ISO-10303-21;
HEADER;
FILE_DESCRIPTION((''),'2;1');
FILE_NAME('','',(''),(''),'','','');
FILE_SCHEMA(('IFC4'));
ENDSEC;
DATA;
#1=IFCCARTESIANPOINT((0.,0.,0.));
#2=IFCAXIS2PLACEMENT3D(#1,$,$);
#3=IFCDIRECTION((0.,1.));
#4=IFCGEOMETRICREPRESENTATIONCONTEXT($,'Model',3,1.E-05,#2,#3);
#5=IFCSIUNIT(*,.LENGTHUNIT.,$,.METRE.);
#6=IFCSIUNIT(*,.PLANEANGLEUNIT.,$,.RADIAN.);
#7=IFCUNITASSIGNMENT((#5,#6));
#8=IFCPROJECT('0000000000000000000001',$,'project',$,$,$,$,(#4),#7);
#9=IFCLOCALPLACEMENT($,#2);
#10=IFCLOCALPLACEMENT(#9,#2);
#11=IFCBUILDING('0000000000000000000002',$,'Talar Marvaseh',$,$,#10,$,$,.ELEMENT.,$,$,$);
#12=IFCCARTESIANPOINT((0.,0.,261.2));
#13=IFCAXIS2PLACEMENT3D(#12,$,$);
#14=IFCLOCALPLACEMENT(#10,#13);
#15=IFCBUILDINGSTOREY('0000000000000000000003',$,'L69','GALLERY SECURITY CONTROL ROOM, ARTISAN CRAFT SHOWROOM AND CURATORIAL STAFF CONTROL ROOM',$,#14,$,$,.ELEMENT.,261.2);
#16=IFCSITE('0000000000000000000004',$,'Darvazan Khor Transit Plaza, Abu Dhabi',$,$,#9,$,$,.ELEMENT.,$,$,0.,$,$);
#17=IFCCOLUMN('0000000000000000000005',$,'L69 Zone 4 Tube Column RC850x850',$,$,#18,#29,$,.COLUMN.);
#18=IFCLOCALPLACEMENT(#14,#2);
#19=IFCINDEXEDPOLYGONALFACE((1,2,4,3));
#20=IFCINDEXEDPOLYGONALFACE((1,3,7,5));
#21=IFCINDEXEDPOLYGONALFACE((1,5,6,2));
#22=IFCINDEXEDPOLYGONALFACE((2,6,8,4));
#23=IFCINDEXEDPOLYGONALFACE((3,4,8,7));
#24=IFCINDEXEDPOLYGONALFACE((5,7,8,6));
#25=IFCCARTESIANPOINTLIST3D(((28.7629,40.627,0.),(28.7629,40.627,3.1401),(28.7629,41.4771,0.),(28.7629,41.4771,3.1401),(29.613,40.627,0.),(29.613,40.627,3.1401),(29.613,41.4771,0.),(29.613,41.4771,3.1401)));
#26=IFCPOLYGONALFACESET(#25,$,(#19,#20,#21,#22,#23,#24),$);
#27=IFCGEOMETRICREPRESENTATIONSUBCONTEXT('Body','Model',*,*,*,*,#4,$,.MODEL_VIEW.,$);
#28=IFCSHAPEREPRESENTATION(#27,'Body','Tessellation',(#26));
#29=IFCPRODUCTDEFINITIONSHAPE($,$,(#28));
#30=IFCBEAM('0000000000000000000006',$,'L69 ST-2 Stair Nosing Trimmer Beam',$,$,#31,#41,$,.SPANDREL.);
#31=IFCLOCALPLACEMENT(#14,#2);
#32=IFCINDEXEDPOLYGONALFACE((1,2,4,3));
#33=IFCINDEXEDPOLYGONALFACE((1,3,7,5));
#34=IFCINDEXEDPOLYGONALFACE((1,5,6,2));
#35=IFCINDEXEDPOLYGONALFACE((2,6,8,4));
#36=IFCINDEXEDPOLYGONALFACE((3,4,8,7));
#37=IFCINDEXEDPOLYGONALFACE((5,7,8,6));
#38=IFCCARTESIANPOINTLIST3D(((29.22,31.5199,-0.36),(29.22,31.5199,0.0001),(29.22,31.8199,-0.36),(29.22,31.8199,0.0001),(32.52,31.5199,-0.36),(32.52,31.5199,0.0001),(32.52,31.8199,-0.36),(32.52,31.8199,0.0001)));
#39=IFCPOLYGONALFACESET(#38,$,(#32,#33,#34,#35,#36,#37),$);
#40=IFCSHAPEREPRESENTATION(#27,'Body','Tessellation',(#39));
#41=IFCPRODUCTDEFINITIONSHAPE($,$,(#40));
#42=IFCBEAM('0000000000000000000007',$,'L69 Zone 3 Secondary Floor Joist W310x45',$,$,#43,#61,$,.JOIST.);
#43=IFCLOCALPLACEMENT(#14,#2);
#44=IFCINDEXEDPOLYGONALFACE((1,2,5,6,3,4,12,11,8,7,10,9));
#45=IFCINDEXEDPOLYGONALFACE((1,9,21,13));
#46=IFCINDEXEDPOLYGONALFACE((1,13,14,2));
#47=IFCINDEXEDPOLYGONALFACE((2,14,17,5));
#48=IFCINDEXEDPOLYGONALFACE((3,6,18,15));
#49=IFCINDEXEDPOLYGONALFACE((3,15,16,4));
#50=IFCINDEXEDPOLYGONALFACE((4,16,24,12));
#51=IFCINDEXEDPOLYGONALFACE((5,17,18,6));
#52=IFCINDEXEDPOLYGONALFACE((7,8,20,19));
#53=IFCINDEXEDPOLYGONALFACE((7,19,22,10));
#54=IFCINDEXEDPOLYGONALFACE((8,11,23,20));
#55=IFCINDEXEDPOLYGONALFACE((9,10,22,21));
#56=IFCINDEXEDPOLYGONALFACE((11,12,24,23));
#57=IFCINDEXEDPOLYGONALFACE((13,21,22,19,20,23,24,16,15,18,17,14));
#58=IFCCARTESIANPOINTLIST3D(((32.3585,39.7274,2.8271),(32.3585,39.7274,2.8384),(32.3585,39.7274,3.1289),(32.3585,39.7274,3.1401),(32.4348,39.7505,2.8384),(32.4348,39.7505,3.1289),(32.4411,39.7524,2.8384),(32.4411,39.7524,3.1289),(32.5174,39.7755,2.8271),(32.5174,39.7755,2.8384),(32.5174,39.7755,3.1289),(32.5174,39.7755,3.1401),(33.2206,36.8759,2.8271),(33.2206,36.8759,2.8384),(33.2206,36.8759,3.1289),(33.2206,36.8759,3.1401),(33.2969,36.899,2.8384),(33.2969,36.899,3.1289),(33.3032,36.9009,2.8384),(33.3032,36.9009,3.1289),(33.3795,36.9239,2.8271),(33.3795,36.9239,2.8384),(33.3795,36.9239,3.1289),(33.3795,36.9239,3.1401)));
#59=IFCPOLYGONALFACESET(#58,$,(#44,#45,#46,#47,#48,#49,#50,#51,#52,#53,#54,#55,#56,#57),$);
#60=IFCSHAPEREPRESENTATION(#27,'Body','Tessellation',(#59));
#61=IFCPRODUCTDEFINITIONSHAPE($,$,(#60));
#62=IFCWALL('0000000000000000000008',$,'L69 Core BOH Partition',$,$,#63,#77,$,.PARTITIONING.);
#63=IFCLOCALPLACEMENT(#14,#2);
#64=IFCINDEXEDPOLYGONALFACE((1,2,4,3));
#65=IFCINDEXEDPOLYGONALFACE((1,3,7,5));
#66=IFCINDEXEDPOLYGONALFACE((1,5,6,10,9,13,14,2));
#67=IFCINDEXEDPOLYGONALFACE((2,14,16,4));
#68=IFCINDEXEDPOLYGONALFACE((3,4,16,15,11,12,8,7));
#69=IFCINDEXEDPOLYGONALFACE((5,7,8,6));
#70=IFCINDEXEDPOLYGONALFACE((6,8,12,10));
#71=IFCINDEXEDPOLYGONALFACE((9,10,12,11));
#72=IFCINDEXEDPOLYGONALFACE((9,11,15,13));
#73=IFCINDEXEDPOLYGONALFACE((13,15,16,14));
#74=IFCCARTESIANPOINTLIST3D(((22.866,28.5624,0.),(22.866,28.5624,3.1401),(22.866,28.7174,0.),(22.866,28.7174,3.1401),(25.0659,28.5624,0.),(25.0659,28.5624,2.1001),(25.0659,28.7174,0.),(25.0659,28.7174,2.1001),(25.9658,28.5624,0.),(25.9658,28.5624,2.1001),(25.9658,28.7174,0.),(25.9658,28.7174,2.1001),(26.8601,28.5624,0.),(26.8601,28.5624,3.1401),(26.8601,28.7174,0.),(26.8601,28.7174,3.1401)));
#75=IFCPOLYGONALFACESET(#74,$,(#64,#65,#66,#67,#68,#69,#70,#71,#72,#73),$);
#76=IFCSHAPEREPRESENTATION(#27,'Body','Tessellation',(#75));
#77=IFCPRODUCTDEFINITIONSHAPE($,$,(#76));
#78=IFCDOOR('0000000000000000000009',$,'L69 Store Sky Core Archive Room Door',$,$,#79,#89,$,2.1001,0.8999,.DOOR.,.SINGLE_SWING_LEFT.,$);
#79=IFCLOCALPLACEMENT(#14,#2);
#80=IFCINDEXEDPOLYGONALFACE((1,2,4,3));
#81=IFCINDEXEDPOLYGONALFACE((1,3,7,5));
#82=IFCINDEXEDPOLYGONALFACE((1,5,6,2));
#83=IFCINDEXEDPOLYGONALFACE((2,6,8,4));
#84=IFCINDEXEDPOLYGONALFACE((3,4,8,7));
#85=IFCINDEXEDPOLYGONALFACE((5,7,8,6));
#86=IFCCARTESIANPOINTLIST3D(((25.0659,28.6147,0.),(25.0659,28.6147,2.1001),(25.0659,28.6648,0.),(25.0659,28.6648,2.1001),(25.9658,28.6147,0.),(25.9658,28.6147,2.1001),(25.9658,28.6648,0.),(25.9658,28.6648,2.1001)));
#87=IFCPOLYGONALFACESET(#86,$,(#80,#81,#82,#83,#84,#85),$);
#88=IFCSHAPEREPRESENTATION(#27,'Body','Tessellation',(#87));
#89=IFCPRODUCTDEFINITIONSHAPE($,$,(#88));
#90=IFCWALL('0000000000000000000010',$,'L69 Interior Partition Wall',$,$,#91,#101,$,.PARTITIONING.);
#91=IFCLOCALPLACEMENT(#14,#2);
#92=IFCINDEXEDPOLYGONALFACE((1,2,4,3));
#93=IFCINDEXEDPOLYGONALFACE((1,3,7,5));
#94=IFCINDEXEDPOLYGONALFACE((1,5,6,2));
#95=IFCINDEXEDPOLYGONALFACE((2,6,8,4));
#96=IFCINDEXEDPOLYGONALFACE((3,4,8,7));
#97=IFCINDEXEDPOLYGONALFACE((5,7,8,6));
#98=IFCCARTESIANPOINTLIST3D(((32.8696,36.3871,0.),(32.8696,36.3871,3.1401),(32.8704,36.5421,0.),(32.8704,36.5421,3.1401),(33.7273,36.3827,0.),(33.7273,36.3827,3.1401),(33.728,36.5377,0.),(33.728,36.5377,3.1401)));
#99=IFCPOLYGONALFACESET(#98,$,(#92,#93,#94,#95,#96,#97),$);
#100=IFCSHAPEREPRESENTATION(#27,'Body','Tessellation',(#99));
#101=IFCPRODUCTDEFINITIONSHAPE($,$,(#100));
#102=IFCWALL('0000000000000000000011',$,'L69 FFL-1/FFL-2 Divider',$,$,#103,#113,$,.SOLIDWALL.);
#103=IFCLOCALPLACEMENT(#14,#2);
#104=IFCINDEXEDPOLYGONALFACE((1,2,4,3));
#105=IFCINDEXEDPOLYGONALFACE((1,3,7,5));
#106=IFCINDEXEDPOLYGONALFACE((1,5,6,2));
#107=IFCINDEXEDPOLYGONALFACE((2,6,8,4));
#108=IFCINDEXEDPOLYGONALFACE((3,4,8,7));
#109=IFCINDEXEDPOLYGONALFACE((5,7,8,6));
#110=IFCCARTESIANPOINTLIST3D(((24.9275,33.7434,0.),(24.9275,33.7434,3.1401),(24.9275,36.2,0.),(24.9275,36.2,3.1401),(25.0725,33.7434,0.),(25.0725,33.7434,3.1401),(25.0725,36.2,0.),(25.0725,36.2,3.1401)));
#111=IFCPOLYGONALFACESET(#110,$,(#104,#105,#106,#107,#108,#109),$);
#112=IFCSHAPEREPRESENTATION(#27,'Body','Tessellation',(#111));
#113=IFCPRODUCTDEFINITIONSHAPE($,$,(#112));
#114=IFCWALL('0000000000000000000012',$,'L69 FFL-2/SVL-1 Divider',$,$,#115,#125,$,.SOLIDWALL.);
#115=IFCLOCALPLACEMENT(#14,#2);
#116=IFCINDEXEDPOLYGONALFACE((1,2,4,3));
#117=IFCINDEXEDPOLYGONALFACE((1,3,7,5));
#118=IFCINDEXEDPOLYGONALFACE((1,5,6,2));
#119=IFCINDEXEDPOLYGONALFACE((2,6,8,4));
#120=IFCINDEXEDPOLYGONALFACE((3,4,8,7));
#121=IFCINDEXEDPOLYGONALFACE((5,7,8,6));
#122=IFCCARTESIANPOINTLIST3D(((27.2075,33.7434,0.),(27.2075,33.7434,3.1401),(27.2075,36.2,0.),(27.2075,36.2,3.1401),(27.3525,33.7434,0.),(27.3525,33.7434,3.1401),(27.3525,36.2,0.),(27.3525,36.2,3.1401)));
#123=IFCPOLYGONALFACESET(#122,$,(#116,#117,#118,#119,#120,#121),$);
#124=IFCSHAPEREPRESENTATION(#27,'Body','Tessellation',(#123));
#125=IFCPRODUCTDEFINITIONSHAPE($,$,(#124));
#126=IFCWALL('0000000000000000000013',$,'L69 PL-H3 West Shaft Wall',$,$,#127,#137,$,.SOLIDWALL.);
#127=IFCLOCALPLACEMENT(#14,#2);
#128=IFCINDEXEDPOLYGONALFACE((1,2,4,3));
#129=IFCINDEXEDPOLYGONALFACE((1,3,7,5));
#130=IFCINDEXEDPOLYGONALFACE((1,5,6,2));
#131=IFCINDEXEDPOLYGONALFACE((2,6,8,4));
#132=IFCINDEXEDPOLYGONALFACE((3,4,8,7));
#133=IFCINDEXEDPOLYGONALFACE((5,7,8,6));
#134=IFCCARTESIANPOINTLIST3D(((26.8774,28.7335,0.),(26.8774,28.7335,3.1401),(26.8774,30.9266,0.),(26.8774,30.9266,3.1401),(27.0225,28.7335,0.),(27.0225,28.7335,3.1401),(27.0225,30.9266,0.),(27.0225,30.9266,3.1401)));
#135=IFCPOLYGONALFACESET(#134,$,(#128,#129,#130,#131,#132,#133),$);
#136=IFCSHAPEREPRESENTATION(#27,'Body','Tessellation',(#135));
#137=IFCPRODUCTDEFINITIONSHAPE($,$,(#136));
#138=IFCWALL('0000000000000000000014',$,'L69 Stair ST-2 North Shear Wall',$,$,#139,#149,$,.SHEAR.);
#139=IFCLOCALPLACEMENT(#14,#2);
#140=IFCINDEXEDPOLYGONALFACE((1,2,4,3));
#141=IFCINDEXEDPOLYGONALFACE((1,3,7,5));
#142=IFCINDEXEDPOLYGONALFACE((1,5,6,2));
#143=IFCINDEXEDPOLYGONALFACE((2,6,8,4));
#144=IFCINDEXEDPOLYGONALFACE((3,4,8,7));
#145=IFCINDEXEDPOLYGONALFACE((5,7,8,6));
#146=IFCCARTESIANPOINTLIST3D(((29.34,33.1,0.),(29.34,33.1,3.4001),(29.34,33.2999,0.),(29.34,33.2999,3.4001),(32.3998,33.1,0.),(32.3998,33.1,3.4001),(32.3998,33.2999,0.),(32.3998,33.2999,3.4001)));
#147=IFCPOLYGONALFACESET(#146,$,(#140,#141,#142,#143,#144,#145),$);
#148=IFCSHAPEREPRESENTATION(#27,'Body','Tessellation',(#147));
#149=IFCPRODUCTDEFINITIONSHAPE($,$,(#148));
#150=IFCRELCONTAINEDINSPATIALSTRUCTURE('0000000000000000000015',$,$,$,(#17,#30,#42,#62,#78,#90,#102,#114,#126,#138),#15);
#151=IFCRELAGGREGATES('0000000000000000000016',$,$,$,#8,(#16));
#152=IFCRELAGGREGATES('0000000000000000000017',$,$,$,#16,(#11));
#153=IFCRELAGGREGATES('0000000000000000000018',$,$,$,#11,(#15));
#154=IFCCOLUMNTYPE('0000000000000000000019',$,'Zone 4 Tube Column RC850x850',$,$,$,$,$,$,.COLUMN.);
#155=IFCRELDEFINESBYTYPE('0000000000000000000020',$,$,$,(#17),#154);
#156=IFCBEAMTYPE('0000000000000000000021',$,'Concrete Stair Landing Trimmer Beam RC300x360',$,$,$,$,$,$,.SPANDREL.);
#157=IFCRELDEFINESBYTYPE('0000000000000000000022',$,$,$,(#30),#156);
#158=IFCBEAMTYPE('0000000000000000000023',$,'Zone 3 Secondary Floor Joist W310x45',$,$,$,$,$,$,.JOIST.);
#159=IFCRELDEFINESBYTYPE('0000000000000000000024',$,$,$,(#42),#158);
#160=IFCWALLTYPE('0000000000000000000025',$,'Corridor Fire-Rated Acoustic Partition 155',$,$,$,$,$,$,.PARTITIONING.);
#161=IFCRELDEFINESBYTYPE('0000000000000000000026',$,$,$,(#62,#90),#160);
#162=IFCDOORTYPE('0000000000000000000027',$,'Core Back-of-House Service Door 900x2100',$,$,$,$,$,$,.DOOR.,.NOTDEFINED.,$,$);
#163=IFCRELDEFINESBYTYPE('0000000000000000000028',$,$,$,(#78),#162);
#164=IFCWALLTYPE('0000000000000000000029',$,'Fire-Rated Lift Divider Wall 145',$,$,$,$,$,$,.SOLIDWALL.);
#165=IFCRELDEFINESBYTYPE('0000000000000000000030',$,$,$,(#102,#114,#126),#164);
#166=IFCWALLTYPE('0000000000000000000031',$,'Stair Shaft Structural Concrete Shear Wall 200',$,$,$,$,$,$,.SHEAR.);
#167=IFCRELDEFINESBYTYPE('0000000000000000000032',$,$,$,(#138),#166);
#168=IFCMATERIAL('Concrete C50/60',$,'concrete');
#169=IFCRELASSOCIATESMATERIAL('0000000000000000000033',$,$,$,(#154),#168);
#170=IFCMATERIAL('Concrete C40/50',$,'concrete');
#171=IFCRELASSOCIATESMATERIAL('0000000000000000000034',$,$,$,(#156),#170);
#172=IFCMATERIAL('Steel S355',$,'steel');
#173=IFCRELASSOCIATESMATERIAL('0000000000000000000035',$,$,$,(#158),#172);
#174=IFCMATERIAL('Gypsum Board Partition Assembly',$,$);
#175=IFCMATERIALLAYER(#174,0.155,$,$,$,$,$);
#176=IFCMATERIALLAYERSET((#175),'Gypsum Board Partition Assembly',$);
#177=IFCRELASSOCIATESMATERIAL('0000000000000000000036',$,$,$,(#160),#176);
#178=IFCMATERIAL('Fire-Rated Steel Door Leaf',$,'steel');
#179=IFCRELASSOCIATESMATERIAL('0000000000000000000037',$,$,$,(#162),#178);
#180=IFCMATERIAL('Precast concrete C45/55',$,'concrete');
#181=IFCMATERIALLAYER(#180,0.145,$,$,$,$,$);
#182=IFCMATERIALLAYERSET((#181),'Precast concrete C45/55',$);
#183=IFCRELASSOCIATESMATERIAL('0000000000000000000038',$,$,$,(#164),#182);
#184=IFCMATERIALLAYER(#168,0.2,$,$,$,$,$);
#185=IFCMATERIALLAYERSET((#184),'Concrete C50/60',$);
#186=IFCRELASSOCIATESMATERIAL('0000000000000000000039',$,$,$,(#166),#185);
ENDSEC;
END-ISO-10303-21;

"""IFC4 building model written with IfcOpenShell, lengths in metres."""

from ifc_helpers import new_model, si_unit, direction, frame, frame_2d, origin, origin_2d, place, context, subcontext, project, spatial, rectangle, i_section, extrude, source, transform, mapped, material, layer, layer_set, material_profile, profile_set, type_object, type_shapes, element, fill, save


model = new_model("IFC4")

# Units and contexts
model_context = context("Model", 3, precision=1e-05, world=origin(), true_north=direction((0.0, 1.0)))
body_context = subcontext(model_context, "Body", "Model", "MODEL_VIEW")
ifc_project = project(units=[si_unit("LENGTHUNIT", "METRE"), si_unit("PLANEANGLEUNIT", "RADIAN")], contexts=[model_context])

# Site, building, storey
site_placement = place(None, origin())
site = spatial("IfcSite", under=ifc_project, at=site_placement, Name="Darvazan Khor Transit Plaza, Abu Dhabi", CompositionType="ELEMENT", RefElevation=0.0)
building_placement = place(site_placement, origin())
building = spatial("IfcBuilding", under=site, at=building_placement, Name="Talar Marvaseh", CompositionType="ELEMENT")
storey_placement = place(building_placement, frame((0.0, 0.0, 261.2)))
storey = spatial("IfcBuildingStorey", under=building, at=storey_placement, Name="L69", Description="GALLERY SECURITY CONTROL ROOM, ARTISAN CRAFT SHOWROOM AND CURATORIAL STAFF CONTROL ROOM", CompositionType="ELEMENT", Elevation=261.2)

# Column
ifc_material_1 = material(Name="Concrete C50/60", Category="concrete")
ifc_material_profile_1 = material_profile(ifc_material_1, rectangle(XDim=0.8501, YDim=0.8501, at=origin_2d()), Name="RC850x850")
ifc_profile_set_1 = profile_set([ifc_material_profile_1], Name="Concrete C50/60")
column_type = type_object("IfcColumnType", Name="Zone 4 Tube Column RC850x850", PredefinedType="COLUMN", material=ifc_profile_set_1)
column_placement = place(storey_placement, frame((29.188, 41.052, 0.0), z_axis=(0.0, 0.0, 1.0), x_axis=(1.0, 0.0, 0.0)))
element("IfcColumn", 1, at=column_placement, inside=storey, type_object=column_type, Name="L69 Zone 4 Tube Column RC850x850", PredefinedType="COLUMN", context=body_context, shape_type="SweptSolid", body=[
    extrude(rectangle(XDim=0.8501, YDim=0.8501, at=origin_2d()), origin(), (0.0, 0.0, 1.0), 3.1401),
])

# Beams
ifc_material_2 = material(Name="Concrete C40/50", Category="concrete")
ifc_material_profile_2 = material_profile(ifc_material_2, rectangle(XDim=0.3, YDim=0.3601, at=origin_2d()), Name="RC300x360")
ifc_profile_set_2 = profile_set([ifc_material_profile_2], Name="Concrete C40/50")
beam_type_1 = type_object("IfcBeamType", Name="Concrete Stair Landing Trimmer Beam RC300x360", PredefinedType="SPANDREL", material=ifc_profile_set_2)
beam_1_placement = place(storey_placement, frame((29.22, 31.6699, -0.1799), z_axis=(1.0, 0.0, 0.0), x_axis=(0.0, 1.0, 0.0)))
element("IfcBeam", 2, at=beam_1_placement, inside=storey, type_object=beam_type_1, Name="L69 ST-2 Stair Nosing Trimmer Beam", PredefinedType="SPANDREL", context=body_context, shape_type="SweptSolid", body=[
    extrude(rectangle(XDim=0.3, YDim=0.3601, at=origin_2d()), origin(), (0.0, 0.0, 1.0), 3.3),
])
ifc_material_3 = material(Name="Steel S355", Category="steel")
ifc_material_profile_3 = material_profile(ifc_material_3, i_section(OverallWidth=0.166, OverallDepth=0.313, WebThickness=0.0066, FlangeThickness=0.0112, at=origin_2d()), Name="W310x45")
ifc_profile_set_3 = profile_set([ifc_material_profile_3], Name="Steel S355")
beam_type_2 = type_object("IfcBeamType", Name="Zone 3 Secondary Floor Joist W310x45", PredefinedType="JOIST", material=ifc_profile_set_3)
beam_2_placement = place(storey_placement, frame((32.438, 39.7515, 2.9836), z_axis=(0.289377, -0.957215, 0.0), x_axis=(0.957215, 0.289377, 0.0)))
element("IfcBeam", 3, at=beam_2_placement, inside=storey, type_object=beam_type_2, Name="L69 Zone 3 Secondary Floor Joist W310x45", PredefinedType="JOIST", context=body_context, shape_type="SweptSolid", body=[
    extrude(i_section(OverallWidth=0.166, OverallDepth=0.313, WebThickness=0.0066, FlangeThickness=0.0112, at=origin_2d()), origin(), (0.0, 0.0, 1.0), 2.979),
])

# Wall, opening, door
ifc_material_4 = material(Name="Gypsum Board Partition Assembly")
ifc_layer_1 = layer(ifc_material_4, 0.155)
ifc_layer_set_1 = layer_set([ifc_layer_1], Name="Gypsum Board Partition Assembly")
wall_type_1 = type_object("IfcWallType", Name="Corridor Fire-Rated Acoustic Partition 155", PredefinedType="PARTITIONING", material=ifc_layer_set_1)
wall_1_placement = place(storey_placement, frame((22.866, 28.6399, 0.0), z_axis=(0.0, 0.0, 1.0), x_axis=(1.0, 0.0, 0.0)))
wall_1 = element("IfcWall", 4, at=wall_1_placement, inside=storey, type_object=wall_type_1, Name="L69 Core BOH Partition", PredefinedType="PARTITIONING", context=body_context, shape_type="SweptSolid", body=[
    extrude(rectangle(XDim=3.9941, YDim=0.155, at=frame_2d((1.9971, 0.0))), origin(), (0.0, 0.0, 1.0), 3.1401),
])
opening_1_placement = place(wall_1_placement, frame((2.2, 0.0, 0.0)))
opening_1 = element("IfcOpeningElement", 5, at=opening_1_placement, cuts=wall_1, PredefinedType="OPENING", context=body_context, shape_type="SweptSolid", body=[
    extrude(rectangle(XDim=0.8999, YDim=2.1001, at=frame_2d((0.45, 1.05))), frame((0.0, 0.0874, 0.0), z_axis=(0.0, -1.0, 0.0), x_axis=(1.0, 0.0, 0.0)), (0.0, 0.0, 1.0), 0.175),
])
ifc_material_5 = material(Name="Fire-Rated Steel Door Leaf", Category="steel")
door_type_1 = type_object("IfcDoorType", Name="Core Back-of-House Service Door 900x2100", OperationType="NOTDEFINED", PredefinedType="DOOR", material=ifc_material_5)
shared_shape_1 = source(origin(), body_context, "Body", "SweptSolid", [
    extrude(rectangle(XDim=0.8999, YDim=2.1001, at=frame_2d((0.45, 1.05))), frame((0.0, 0.0249, 0.0), z_axis=(0.0, -1.0, 0.0), x_axis=(1.0, 0.0, 0.0)), (0.0, 0.0, 1.0), 0.05),
])
type_shapes(door_type_1, [shared_shape_1])
door_1_placement = place(opening_1_placement, origin())
door_1 = element("IfcDoor", 6, at=door_1_placement, inside=storey, type_object=door_type_1, Name="L69 Store Sky Core Archive Room Door", OperationType="SINGLE_SWING_LEFT", OverallHeight=2.1001, OverallWidth=0.8999, PredefinedType="DOOR", context=body_context, shape_type="MappedRepresentation", body=[
    mapped(shared_shape_1, transform((0.0, 0.0, 0.0), x_axis=(1.0, 0.0, 0.0), y_axis=(0.0, 1.0, 0.0), z_axis=(0.0, 0.0, 1.0), scale=1.0)),
])
fill(opening_1, door_1)

# Walls
wall_2_placement = place(storey_placement, frame((32.8701, 36.4646, 0.0), z_axis=(0.0, 0.0, 1.0), x_axis=(0.999987, -0.005124, 0.0)))
element("IfcWall", 7, at=wall_2_placement, inside=storey, type_object=wall_type_1, Name="L69 Interior Partition Wall", PredefinedType="PARTITIONING", context=body_context, shape_type="SweptSolid", body=[
    extrude(rectangle(XDim=0.8577, YDim=0.155, at=frame_2d((0.4287, 0.0))), origin(), (0.0, 0.0, 1.0), 3.1401),
])
ifc_material_6 = material(Name="Precast concrete C45/55", Category="concrete")
ifc_layer_2 = layer(ifc_material_6, 0.145)
ifc_layer_set_2 = layer_set([ifc_layer_2], Name="Precast concrete C45/55")
wall_type_2 = type_object("IfcWallType", Name="Fire-Rated Lift Divider Wall 145", PredefinedType="SOLIDWALL", material=ifc_layer_set_2)
for number, where, z_axis, x_axis, name in (
    (8, (25.0, 33.7434, 0.0), (0.0, 0.0, 1.0), (0.0, 1.0, 0.0), "L69 FFL-1/FFL-2 Divider"),
    (9, (27.28, 33.7434, 0.0), (0.0, 0.0, 1.0), (0.0, 1.0, 0.0), "L69 FFL-2/SVL-1 Divider"),
):
    element("IfcWall", number, at=place(storey_placement, frame(where, z_axis=z_axis, x_axis=x_axis)), inside=storey, type_object=wall_type_2, Name=name, PredefinedType="SOLIDWALL", context=body_context, shape_type="SweptSolid", body=[
        extrude(rectangle(XDim=2.4565, YDim=0.145, at=frame_2d((1.2283, 0.0))), origin(), (0.0, 0.0, 1.0), 3.1401),
    ])
wall_3_placement = place(storey_placement, frame((26.95, 28.7334, 0.0), z_axis=(0.0, 0.0, 1.0), x_axis=(0.0, 1.0, 0.0)))
element("IfcWall", 10, at=wall_3_placement, inside=storey, type_object=wall_type_2, Name="L69 PL-H3 West Shaft Wall", PredefinedType="SOLIDWALL", context=body_context, shape_type="SweptSolid", body=[
    extrude(rectangle(XDim=2.1931, YDim=0.145, at=frame_2d((1.0967, 0.0))), origin(), (0.0, 0.0, 1.0), 3.1401),
])

# Wall
ifc_layer_3 = layer(ifc_material_1, 0.2)
ifc_layer_set_3 = layer_set([ifc_layer_3], Name="Concrete C50/60")
wall_type_3 = type_object("IfcWallType", Name="Stair Shaft Structural Concrete Shear Wall 200", PredefinedType="SHEAR", material=ifc_layer_set_3)
wall_4_placement = place(storey_placement, frame((29.3401, 33.2, 0.0), z_axis=(0.0, 0.0, 1.0), x_axis=(1.0, 0.0, 0.0)))
element("IfcWall", 11, at=wall_4_placement, inside=storey, type_object=wall_type_3, Name="L69 Stair ST-2 North Shear Wall", PredefinedType="SHEAR", context=body_context, shape_type="SweptSolid", body=[
    extrude(rectangle(XDim=3.0598, YDim=0.2, at=frame_2d((1.5298, 0.0))), origin(), (0.0, 0.0, 1.0), 3.4001),
])

save(model, "model.ifc")
